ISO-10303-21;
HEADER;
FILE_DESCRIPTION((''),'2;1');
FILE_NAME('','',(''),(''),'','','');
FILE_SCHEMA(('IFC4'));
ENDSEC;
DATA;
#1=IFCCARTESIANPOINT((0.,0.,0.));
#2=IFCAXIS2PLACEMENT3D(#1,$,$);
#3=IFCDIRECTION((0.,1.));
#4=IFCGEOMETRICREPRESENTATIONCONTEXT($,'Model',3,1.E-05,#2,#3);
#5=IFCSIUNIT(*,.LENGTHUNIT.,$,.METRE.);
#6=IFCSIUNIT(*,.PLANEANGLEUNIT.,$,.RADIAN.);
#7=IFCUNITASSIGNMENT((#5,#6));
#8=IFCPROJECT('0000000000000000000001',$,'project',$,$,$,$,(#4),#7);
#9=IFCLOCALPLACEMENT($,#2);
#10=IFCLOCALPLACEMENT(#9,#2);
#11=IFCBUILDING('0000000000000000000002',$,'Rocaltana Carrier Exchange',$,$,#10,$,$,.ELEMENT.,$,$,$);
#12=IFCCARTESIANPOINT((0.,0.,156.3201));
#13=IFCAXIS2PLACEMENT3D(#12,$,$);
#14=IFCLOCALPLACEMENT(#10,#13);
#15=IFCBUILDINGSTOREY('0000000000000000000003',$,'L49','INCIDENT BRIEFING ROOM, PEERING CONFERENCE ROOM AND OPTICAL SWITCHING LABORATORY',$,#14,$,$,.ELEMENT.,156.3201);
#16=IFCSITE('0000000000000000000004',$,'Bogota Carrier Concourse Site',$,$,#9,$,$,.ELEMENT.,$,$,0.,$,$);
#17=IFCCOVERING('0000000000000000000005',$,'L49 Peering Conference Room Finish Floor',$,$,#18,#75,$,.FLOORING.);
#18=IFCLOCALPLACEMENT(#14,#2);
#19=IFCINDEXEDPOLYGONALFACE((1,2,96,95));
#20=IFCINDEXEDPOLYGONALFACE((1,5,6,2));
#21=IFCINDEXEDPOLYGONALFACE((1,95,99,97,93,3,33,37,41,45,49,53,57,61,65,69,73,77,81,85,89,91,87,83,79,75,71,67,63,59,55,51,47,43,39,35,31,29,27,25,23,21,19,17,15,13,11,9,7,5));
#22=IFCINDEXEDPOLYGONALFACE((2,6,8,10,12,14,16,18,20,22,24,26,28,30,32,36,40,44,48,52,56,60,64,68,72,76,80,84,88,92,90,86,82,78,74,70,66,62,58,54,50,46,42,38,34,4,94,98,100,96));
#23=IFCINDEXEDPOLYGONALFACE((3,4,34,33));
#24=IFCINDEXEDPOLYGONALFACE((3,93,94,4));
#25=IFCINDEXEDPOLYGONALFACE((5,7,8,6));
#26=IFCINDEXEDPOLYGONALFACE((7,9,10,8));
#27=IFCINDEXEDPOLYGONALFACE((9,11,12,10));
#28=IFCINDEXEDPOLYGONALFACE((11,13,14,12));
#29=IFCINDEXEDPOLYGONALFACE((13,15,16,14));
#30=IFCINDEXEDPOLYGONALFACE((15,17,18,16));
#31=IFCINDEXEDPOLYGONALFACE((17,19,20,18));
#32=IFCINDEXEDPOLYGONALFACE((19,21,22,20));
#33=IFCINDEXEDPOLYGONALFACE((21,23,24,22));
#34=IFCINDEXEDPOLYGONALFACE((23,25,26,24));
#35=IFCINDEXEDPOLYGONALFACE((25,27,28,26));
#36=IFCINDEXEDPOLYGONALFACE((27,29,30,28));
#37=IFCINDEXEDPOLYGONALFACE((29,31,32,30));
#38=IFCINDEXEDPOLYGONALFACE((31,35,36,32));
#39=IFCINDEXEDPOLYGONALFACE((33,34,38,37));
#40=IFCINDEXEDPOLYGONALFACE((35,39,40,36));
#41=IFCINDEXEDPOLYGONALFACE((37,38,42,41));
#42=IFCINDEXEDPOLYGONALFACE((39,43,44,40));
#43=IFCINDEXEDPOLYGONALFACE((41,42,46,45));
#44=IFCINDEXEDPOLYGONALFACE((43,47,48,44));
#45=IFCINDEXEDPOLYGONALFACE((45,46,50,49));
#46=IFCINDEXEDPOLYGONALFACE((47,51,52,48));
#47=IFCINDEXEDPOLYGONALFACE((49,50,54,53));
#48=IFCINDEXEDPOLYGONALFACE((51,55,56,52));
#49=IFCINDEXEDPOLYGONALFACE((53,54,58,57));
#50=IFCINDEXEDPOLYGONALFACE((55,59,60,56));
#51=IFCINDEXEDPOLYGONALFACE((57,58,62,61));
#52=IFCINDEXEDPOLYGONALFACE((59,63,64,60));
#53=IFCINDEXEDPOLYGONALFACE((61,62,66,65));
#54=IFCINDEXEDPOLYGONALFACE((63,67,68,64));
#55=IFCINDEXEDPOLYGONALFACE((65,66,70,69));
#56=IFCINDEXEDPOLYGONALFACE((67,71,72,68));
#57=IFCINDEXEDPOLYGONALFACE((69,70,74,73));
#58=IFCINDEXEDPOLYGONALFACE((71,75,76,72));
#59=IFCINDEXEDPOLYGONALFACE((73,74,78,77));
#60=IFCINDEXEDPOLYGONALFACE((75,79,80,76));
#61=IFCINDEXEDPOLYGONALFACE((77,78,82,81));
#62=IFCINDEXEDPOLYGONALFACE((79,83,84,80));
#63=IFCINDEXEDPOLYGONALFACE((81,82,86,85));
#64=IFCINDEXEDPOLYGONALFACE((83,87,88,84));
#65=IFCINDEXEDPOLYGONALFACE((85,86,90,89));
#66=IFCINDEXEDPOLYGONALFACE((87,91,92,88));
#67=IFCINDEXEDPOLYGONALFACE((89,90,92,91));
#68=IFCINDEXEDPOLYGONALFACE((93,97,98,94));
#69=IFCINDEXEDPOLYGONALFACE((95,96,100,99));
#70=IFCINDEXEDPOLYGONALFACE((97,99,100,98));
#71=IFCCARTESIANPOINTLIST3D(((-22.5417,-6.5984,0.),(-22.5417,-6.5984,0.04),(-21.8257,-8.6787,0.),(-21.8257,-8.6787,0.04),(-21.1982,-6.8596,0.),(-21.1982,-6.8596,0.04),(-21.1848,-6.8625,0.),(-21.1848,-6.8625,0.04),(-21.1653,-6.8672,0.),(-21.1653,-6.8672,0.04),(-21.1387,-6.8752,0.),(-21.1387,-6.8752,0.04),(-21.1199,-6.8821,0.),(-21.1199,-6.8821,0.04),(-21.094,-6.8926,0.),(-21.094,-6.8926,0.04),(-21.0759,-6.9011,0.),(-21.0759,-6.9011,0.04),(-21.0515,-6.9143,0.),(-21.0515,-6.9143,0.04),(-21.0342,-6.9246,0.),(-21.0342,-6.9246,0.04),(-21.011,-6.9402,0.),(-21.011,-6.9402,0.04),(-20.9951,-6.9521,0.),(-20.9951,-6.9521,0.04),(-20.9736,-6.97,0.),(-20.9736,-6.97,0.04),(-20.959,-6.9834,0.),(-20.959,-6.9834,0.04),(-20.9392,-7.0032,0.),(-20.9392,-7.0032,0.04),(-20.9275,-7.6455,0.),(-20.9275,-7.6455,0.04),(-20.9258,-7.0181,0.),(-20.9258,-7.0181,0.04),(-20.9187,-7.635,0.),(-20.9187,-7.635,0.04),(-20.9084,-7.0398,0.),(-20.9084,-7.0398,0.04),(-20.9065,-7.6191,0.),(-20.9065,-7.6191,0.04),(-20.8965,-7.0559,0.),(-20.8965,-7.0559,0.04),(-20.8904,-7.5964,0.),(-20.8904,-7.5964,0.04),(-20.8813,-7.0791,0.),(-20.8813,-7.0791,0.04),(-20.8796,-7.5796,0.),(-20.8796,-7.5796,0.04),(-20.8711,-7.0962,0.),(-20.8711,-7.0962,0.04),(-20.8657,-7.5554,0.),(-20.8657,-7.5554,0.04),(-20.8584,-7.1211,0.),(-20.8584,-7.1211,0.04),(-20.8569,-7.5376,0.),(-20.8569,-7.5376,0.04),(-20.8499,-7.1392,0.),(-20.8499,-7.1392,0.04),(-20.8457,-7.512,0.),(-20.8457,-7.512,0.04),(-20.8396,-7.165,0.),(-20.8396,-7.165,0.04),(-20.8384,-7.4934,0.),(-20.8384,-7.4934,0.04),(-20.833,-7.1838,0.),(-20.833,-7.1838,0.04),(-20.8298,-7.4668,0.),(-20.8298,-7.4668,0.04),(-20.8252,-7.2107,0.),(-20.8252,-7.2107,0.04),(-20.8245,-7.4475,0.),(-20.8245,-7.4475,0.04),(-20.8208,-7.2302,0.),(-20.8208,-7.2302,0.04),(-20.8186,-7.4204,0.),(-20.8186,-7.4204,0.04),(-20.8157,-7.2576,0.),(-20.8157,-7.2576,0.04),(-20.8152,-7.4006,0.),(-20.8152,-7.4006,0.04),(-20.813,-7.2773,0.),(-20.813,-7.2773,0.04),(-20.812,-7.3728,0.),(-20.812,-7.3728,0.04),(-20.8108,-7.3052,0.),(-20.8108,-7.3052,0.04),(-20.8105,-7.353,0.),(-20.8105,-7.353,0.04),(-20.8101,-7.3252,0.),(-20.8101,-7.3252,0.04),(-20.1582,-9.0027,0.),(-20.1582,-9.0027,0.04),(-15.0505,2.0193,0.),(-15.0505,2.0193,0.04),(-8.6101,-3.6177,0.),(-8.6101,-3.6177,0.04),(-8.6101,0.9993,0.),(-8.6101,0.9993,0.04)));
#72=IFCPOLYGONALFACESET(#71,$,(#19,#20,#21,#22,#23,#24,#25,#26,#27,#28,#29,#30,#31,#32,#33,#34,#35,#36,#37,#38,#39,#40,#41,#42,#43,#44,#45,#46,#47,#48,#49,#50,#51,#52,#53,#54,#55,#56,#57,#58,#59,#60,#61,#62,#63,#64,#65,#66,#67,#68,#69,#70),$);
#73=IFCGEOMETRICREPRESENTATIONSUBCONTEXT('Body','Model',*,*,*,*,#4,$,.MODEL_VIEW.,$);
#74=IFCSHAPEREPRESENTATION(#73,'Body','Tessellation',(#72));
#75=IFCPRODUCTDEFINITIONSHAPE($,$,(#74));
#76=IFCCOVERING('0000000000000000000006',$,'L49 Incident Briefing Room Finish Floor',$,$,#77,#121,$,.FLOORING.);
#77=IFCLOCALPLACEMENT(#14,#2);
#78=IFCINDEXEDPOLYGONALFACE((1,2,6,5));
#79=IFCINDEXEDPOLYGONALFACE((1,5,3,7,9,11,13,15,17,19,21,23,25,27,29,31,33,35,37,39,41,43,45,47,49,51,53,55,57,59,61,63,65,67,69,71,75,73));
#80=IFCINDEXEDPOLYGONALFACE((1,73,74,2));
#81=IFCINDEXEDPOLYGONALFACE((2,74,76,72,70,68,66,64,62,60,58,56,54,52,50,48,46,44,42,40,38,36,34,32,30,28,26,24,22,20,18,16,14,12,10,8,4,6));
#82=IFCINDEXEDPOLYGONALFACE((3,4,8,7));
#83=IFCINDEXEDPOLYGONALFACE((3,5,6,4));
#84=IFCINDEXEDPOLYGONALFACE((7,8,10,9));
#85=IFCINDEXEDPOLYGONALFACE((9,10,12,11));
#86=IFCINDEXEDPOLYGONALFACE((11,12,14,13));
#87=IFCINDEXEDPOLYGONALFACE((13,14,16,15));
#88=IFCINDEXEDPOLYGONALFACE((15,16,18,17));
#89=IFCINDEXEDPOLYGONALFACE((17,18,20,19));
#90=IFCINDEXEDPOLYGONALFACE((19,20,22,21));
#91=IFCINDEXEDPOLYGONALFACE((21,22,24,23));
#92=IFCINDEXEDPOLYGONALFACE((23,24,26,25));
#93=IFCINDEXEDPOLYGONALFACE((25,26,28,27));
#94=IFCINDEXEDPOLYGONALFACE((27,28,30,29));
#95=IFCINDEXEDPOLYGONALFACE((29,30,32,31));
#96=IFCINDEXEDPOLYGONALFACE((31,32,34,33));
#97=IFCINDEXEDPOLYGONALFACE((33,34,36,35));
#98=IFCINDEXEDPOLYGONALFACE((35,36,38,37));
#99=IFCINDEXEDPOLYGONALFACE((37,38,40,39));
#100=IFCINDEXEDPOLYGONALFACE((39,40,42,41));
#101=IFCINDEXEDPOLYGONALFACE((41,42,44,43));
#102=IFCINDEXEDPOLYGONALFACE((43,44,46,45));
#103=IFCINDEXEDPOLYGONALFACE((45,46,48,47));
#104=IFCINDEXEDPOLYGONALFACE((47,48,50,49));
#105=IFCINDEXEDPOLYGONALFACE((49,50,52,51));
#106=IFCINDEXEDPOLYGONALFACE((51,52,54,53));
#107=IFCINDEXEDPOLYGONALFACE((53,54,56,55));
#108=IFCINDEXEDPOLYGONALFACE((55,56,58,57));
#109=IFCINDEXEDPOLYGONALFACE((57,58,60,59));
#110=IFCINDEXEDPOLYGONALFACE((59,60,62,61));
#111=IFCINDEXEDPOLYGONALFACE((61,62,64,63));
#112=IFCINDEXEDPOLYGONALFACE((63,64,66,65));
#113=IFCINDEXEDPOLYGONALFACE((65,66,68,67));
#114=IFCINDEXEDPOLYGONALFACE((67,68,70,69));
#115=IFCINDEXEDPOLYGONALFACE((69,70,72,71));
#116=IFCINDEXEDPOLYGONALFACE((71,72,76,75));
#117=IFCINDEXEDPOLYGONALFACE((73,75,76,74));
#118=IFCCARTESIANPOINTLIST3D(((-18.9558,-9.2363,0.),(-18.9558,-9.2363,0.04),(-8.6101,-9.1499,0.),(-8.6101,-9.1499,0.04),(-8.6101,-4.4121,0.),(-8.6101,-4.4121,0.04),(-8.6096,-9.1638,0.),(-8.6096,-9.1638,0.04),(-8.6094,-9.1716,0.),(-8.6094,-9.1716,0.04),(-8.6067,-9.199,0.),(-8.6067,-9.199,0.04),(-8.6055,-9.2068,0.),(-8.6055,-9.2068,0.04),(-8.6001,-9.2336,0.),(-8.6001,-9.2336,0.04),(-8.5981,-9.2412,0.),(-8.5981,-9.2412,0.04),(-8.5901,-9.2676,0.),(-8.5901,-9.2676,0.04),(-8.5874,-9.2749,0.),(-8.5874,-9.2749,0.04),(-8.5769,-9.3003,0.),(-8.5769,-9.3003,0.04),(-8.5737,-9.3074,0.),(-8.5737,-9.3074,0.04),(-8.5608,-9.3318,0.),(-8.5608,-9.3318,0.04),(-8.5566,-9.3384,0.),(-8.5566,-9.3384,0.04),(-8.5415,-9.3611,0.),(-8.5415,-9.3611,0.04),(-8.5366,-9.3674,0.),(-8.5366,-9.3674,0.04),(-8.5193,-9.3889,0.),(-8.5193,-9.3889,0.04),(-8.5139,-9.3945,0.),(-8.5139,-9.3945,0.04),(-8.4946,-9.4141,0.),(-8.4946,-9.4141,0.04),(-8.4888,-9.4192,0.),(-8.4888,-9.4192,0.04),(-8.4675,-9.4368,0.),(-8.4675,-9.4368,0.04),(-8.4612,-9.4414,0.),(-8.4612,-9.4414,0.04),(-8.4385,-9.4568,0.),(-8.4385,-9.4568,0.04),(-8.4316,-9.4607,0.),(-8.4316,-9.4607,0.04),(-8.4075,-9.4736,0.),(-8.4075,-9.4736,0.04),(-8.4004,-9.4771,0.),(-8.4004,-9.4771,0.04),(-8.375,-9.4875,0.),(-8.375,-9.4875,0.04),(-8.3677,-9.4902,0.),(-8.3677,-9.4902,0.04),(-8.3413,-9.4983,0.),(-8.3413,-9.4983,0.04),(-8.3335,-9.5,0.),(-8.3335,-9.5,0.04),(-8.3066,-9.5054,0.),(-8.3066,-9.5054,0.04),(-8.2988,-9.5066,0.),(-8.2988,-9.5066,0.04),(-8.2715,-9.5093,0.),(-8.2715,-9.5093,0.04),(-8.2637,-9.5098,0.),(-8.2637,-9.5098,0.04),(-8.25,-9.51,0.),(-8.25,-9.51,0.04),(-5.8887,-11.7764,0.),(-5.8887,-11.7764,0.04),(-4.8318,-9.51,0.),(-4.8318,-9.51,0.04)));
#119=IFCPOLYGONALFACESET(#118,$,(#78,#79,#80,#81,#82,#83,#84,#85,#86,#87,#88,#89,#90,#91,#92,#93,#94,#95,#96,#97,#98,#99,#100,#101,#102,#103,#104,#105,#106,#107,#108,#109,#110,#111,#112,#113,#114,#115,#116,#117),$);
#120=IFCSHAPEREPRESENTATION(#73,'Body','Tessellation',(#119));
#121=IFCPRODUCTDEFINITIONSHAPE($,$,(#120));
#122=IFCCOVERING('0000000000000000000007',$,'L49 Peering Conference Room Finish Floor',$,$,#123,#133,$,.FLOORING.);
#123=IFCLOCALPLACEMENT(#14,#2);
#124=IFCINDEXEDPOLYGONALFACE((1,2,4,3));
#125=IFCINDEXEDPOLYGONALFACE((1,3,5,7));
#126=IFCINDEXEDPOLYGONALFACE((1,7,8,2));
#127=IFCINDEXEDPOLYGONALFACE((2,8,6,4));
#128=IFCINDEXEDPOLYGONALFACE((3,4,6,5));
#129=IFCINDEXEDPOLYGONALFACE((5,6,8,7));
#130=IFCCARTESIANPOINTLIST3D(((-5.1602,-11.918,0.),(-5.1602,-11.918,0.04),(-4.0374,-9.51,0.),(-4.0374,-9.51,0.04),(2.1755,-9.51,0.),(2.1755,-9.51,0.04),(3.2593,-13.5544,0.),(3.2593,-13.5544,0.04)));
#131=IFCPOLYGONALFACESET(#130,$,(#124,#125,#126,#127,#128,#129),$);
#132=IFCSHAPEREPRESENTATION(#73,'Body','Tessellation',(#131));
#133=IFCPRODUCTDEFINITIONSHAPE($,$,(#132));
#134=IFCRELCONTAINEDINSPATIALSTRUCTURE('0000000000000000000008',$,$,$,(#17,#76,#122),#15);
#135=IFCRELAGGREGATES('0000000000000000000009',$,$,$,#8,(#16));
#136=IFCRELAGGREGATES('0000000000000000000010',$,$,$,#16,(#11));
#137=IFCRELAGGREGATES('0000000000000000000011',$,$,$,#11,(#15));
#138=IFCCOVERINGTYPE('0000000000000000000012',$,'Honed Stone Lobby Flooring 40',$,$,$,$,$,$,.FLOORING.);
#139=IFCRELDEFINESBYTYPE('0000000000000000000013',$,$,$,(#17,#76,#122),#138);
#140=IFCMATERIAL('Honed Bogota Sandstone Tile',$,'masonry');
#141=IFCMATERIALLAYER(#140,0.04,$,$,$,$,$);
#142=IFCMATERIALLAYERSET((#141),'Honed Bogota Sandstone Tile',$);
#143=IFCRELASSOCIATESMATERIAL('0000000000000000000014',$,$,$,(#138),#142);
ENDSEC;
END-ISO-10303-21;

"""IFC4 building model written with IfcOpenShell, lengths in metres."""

from ifc_helpers import new_model, si_unit, direction, frame, origin, place, context, subcontext, project, spatial, polyline, outline, extrude, material, layer, layer_set, type_object, element, save


model = new_model("IFC4")

# Units and contexts
model_context = context("Model", 3, precision=1e-05, world=origin(), true_north=direction((0.0, 1.0)))
body_context = subcontext(model_context, "Body", "Model", "MODEL_VIEW")
ifc_project = project(units=[si_unit("LENGTHUNIT", "METRE"), si_unit("PLANEANGLEUNIT", "RADIAN")], contexts=[model_context])

# Site, building, storey
site_placement = place(None, origin())
site = spatial("IfcSite", under=ifc_project, at=site_placement, Name="Bogota Carrier Concourse Site", CompositionType="ELEMENT", RefElevation=0.0)
building_placement = place(site_placement, origin())
building = spatial("IfcBuilding", under=site, at=building_placement, Name="Rocaltana Carrier Exchange", CompositionType="ELEMENT")
storey_placement = place(building_placement, frame((0.0, 0.0, 156.3201)))
storey = spatial("IfcBuildingStorey", under=building, at=storey_placement, Name="L49", Description="INCIDENT BRIEFING ROOM, PEERING CONFERENCE ROOM AND OPTICAL SWITCHING LABORATORY", CompositionType="ELEMENT", Elevation=156.3201)

# Coverings
ifc_material_1 = material(Name="Honed Bogota Sandstone Tile", Category="masonry")
ifc_layer_1 = layer(ifc_material_1, 0.04)
ifc_layer_set_1 = layer_set([ifc_layer_1], Name="Honed Bogota Sandstone Tile")
covering_type_1 = type_object("IfcCoveringType", Name="Honed Stone Lobby Flooring 40", PredefinedType="FLOORING", material=ifc_layer_set_1)
covering_1_placement = place(storey_placement, origin())
element("IfcCovering", 1, at=covering_1_placement, inside=storey, type_object=covering_type_1, Name="L49 Peering Conference Room Finish Floor", PredefinedType="FLOORING", context=body_context, shape_type="SweptSolid", body=[
    extrude(outline(polyline([(-20.9275, -7.6455), (-20.9187, -7.635), (-20.9065, -7.6191), (-20.8904, -7.5964), (-20.8796, -7.5796), (-20.8657, -7.5554), (-20.8569, -7.5376), (-20.8457, -7.512), (-20.8384, -7.4934), (-20.8298, -7.4668), (-20.8245, -7.4475), (-20.8186, -7.4204), (-20.8152, -7.4006), (-20.812, -7.3728), (-20.8105, -7.353), (-20.8101, -7.3252), (-20.8108, -7.3052), (-20.813, -7.2773), (-20.8157, -7.2576), (-20.8208, -7.2302), (-20.8252, -7.2107), (-20.833, -7.1838), (-20.8396, -7.165), (-20.8499, -7.1392), (-20.8584, -7.1211), (-20.8711, -7.0962), (-20.8813, -7.0791), (-20.8965, -7.0559), (-20.9084, -7.0398), (-20.9258, -7.0181), (-20.9392, -7.0032), (-20.959, -6.9834), (-20.9736, -6.97), (-20.9951, -6.9521), (-21.011, -6.9402), (-21.0342, -6.9246), (-21.0515, -6.9143), (-21.0759, -6.9011), (-21.094, -6.8926), (-21.1199, -6.8821), (-21.1387, -6.8752), (-21.1653, -6.8672), (-21.1848, -6.8625), (-21.1982, -6.8596), (-22.5417, -6.5984), (-15.0505, 2.0193), (-8.6101, 0.9993), (-8.6101, -3.6177), (-20.1582, -9.0027), (-21.8257, -8.6787), (-20.9275, -7.6455)])), origin(), (0.0, 0.0, 1.0), 0.04),
])
covering_2_placement = place(storey_placement, origin())
element("IfcCovering", 2, at=covering_2_placement, inside=storey, type_object=covering_type_1, Name="L49 Incident Briefing Room Finish Floor", PredefinedType="FLOORING", context=body_context, shape_type="SweptSolid", body=[
    extrude(outline(polyline([(-18.9558, -9.2363), (-8.6101, -4.4121), (-8.6101, -9.1499), (-8.6096, -9.1638), (-8.6094, -9.1716), (-8.6067, -9.199), (-8.6055, -9.2068), (-8.6001, -9.2336), (-8.5981, -9.2412), (-8.5901, -9.2676), (-8.5874, -9.2749), (-8.5769, -9.3003), (-8.5737, -9.3074), (-8.5608, -9.3318), (-8.5566, -9.3384), (-8.5415, -9.3611), (-8.5366, -9.3674), (-8.5193, -9.3889), (-8.5139, -9.3945), (-8.4946, -9.4141), (-8.4888, -9.4192), (-8.4675, -9.4368), (-8.4612, -9.4414), (-8.4385, -9.4568), (-8.4316, -9.4607), (-8.4075, -9.4736), (-8.4004, -9.4771), (-8.375, -9.4875), (-8.3677, -9.4902), (-8.3413, -9.4983), (-8.3335, -9.5), (-8.3066, -9.5054), (-8.2988, -9.5066), (-8.2715, -9.5093), (-8.2637, -9.5098), (-8.25, -9.51), (-4.8318, -9.51), (-5.8887, -11.7764), (-18.9558, -9.2363)])), origin(), (0.0, 0.0, 1.0), 0.04),
])
covering_3_placement = place(storey_placement, origin())
element("IfcCovering", 3, at=covering_3_placement, inside=storey, type_object=covering_type_1, Name="L49 Peering Conference Room Finish Floor", PredefinedType="FLOORING", context=body_context, shape_type="SweptSolid", body=[
    extrude(outline(polyline([(-5.1602, -11.918), (-4.0374, -9.51), (2.1755, -9.51), (3.2593, -13.5544), (-5.1602, -11.918)])), origin(), (0.0, 0.0, 1.0), 0.04),
])

save(model, "model.ifc")
